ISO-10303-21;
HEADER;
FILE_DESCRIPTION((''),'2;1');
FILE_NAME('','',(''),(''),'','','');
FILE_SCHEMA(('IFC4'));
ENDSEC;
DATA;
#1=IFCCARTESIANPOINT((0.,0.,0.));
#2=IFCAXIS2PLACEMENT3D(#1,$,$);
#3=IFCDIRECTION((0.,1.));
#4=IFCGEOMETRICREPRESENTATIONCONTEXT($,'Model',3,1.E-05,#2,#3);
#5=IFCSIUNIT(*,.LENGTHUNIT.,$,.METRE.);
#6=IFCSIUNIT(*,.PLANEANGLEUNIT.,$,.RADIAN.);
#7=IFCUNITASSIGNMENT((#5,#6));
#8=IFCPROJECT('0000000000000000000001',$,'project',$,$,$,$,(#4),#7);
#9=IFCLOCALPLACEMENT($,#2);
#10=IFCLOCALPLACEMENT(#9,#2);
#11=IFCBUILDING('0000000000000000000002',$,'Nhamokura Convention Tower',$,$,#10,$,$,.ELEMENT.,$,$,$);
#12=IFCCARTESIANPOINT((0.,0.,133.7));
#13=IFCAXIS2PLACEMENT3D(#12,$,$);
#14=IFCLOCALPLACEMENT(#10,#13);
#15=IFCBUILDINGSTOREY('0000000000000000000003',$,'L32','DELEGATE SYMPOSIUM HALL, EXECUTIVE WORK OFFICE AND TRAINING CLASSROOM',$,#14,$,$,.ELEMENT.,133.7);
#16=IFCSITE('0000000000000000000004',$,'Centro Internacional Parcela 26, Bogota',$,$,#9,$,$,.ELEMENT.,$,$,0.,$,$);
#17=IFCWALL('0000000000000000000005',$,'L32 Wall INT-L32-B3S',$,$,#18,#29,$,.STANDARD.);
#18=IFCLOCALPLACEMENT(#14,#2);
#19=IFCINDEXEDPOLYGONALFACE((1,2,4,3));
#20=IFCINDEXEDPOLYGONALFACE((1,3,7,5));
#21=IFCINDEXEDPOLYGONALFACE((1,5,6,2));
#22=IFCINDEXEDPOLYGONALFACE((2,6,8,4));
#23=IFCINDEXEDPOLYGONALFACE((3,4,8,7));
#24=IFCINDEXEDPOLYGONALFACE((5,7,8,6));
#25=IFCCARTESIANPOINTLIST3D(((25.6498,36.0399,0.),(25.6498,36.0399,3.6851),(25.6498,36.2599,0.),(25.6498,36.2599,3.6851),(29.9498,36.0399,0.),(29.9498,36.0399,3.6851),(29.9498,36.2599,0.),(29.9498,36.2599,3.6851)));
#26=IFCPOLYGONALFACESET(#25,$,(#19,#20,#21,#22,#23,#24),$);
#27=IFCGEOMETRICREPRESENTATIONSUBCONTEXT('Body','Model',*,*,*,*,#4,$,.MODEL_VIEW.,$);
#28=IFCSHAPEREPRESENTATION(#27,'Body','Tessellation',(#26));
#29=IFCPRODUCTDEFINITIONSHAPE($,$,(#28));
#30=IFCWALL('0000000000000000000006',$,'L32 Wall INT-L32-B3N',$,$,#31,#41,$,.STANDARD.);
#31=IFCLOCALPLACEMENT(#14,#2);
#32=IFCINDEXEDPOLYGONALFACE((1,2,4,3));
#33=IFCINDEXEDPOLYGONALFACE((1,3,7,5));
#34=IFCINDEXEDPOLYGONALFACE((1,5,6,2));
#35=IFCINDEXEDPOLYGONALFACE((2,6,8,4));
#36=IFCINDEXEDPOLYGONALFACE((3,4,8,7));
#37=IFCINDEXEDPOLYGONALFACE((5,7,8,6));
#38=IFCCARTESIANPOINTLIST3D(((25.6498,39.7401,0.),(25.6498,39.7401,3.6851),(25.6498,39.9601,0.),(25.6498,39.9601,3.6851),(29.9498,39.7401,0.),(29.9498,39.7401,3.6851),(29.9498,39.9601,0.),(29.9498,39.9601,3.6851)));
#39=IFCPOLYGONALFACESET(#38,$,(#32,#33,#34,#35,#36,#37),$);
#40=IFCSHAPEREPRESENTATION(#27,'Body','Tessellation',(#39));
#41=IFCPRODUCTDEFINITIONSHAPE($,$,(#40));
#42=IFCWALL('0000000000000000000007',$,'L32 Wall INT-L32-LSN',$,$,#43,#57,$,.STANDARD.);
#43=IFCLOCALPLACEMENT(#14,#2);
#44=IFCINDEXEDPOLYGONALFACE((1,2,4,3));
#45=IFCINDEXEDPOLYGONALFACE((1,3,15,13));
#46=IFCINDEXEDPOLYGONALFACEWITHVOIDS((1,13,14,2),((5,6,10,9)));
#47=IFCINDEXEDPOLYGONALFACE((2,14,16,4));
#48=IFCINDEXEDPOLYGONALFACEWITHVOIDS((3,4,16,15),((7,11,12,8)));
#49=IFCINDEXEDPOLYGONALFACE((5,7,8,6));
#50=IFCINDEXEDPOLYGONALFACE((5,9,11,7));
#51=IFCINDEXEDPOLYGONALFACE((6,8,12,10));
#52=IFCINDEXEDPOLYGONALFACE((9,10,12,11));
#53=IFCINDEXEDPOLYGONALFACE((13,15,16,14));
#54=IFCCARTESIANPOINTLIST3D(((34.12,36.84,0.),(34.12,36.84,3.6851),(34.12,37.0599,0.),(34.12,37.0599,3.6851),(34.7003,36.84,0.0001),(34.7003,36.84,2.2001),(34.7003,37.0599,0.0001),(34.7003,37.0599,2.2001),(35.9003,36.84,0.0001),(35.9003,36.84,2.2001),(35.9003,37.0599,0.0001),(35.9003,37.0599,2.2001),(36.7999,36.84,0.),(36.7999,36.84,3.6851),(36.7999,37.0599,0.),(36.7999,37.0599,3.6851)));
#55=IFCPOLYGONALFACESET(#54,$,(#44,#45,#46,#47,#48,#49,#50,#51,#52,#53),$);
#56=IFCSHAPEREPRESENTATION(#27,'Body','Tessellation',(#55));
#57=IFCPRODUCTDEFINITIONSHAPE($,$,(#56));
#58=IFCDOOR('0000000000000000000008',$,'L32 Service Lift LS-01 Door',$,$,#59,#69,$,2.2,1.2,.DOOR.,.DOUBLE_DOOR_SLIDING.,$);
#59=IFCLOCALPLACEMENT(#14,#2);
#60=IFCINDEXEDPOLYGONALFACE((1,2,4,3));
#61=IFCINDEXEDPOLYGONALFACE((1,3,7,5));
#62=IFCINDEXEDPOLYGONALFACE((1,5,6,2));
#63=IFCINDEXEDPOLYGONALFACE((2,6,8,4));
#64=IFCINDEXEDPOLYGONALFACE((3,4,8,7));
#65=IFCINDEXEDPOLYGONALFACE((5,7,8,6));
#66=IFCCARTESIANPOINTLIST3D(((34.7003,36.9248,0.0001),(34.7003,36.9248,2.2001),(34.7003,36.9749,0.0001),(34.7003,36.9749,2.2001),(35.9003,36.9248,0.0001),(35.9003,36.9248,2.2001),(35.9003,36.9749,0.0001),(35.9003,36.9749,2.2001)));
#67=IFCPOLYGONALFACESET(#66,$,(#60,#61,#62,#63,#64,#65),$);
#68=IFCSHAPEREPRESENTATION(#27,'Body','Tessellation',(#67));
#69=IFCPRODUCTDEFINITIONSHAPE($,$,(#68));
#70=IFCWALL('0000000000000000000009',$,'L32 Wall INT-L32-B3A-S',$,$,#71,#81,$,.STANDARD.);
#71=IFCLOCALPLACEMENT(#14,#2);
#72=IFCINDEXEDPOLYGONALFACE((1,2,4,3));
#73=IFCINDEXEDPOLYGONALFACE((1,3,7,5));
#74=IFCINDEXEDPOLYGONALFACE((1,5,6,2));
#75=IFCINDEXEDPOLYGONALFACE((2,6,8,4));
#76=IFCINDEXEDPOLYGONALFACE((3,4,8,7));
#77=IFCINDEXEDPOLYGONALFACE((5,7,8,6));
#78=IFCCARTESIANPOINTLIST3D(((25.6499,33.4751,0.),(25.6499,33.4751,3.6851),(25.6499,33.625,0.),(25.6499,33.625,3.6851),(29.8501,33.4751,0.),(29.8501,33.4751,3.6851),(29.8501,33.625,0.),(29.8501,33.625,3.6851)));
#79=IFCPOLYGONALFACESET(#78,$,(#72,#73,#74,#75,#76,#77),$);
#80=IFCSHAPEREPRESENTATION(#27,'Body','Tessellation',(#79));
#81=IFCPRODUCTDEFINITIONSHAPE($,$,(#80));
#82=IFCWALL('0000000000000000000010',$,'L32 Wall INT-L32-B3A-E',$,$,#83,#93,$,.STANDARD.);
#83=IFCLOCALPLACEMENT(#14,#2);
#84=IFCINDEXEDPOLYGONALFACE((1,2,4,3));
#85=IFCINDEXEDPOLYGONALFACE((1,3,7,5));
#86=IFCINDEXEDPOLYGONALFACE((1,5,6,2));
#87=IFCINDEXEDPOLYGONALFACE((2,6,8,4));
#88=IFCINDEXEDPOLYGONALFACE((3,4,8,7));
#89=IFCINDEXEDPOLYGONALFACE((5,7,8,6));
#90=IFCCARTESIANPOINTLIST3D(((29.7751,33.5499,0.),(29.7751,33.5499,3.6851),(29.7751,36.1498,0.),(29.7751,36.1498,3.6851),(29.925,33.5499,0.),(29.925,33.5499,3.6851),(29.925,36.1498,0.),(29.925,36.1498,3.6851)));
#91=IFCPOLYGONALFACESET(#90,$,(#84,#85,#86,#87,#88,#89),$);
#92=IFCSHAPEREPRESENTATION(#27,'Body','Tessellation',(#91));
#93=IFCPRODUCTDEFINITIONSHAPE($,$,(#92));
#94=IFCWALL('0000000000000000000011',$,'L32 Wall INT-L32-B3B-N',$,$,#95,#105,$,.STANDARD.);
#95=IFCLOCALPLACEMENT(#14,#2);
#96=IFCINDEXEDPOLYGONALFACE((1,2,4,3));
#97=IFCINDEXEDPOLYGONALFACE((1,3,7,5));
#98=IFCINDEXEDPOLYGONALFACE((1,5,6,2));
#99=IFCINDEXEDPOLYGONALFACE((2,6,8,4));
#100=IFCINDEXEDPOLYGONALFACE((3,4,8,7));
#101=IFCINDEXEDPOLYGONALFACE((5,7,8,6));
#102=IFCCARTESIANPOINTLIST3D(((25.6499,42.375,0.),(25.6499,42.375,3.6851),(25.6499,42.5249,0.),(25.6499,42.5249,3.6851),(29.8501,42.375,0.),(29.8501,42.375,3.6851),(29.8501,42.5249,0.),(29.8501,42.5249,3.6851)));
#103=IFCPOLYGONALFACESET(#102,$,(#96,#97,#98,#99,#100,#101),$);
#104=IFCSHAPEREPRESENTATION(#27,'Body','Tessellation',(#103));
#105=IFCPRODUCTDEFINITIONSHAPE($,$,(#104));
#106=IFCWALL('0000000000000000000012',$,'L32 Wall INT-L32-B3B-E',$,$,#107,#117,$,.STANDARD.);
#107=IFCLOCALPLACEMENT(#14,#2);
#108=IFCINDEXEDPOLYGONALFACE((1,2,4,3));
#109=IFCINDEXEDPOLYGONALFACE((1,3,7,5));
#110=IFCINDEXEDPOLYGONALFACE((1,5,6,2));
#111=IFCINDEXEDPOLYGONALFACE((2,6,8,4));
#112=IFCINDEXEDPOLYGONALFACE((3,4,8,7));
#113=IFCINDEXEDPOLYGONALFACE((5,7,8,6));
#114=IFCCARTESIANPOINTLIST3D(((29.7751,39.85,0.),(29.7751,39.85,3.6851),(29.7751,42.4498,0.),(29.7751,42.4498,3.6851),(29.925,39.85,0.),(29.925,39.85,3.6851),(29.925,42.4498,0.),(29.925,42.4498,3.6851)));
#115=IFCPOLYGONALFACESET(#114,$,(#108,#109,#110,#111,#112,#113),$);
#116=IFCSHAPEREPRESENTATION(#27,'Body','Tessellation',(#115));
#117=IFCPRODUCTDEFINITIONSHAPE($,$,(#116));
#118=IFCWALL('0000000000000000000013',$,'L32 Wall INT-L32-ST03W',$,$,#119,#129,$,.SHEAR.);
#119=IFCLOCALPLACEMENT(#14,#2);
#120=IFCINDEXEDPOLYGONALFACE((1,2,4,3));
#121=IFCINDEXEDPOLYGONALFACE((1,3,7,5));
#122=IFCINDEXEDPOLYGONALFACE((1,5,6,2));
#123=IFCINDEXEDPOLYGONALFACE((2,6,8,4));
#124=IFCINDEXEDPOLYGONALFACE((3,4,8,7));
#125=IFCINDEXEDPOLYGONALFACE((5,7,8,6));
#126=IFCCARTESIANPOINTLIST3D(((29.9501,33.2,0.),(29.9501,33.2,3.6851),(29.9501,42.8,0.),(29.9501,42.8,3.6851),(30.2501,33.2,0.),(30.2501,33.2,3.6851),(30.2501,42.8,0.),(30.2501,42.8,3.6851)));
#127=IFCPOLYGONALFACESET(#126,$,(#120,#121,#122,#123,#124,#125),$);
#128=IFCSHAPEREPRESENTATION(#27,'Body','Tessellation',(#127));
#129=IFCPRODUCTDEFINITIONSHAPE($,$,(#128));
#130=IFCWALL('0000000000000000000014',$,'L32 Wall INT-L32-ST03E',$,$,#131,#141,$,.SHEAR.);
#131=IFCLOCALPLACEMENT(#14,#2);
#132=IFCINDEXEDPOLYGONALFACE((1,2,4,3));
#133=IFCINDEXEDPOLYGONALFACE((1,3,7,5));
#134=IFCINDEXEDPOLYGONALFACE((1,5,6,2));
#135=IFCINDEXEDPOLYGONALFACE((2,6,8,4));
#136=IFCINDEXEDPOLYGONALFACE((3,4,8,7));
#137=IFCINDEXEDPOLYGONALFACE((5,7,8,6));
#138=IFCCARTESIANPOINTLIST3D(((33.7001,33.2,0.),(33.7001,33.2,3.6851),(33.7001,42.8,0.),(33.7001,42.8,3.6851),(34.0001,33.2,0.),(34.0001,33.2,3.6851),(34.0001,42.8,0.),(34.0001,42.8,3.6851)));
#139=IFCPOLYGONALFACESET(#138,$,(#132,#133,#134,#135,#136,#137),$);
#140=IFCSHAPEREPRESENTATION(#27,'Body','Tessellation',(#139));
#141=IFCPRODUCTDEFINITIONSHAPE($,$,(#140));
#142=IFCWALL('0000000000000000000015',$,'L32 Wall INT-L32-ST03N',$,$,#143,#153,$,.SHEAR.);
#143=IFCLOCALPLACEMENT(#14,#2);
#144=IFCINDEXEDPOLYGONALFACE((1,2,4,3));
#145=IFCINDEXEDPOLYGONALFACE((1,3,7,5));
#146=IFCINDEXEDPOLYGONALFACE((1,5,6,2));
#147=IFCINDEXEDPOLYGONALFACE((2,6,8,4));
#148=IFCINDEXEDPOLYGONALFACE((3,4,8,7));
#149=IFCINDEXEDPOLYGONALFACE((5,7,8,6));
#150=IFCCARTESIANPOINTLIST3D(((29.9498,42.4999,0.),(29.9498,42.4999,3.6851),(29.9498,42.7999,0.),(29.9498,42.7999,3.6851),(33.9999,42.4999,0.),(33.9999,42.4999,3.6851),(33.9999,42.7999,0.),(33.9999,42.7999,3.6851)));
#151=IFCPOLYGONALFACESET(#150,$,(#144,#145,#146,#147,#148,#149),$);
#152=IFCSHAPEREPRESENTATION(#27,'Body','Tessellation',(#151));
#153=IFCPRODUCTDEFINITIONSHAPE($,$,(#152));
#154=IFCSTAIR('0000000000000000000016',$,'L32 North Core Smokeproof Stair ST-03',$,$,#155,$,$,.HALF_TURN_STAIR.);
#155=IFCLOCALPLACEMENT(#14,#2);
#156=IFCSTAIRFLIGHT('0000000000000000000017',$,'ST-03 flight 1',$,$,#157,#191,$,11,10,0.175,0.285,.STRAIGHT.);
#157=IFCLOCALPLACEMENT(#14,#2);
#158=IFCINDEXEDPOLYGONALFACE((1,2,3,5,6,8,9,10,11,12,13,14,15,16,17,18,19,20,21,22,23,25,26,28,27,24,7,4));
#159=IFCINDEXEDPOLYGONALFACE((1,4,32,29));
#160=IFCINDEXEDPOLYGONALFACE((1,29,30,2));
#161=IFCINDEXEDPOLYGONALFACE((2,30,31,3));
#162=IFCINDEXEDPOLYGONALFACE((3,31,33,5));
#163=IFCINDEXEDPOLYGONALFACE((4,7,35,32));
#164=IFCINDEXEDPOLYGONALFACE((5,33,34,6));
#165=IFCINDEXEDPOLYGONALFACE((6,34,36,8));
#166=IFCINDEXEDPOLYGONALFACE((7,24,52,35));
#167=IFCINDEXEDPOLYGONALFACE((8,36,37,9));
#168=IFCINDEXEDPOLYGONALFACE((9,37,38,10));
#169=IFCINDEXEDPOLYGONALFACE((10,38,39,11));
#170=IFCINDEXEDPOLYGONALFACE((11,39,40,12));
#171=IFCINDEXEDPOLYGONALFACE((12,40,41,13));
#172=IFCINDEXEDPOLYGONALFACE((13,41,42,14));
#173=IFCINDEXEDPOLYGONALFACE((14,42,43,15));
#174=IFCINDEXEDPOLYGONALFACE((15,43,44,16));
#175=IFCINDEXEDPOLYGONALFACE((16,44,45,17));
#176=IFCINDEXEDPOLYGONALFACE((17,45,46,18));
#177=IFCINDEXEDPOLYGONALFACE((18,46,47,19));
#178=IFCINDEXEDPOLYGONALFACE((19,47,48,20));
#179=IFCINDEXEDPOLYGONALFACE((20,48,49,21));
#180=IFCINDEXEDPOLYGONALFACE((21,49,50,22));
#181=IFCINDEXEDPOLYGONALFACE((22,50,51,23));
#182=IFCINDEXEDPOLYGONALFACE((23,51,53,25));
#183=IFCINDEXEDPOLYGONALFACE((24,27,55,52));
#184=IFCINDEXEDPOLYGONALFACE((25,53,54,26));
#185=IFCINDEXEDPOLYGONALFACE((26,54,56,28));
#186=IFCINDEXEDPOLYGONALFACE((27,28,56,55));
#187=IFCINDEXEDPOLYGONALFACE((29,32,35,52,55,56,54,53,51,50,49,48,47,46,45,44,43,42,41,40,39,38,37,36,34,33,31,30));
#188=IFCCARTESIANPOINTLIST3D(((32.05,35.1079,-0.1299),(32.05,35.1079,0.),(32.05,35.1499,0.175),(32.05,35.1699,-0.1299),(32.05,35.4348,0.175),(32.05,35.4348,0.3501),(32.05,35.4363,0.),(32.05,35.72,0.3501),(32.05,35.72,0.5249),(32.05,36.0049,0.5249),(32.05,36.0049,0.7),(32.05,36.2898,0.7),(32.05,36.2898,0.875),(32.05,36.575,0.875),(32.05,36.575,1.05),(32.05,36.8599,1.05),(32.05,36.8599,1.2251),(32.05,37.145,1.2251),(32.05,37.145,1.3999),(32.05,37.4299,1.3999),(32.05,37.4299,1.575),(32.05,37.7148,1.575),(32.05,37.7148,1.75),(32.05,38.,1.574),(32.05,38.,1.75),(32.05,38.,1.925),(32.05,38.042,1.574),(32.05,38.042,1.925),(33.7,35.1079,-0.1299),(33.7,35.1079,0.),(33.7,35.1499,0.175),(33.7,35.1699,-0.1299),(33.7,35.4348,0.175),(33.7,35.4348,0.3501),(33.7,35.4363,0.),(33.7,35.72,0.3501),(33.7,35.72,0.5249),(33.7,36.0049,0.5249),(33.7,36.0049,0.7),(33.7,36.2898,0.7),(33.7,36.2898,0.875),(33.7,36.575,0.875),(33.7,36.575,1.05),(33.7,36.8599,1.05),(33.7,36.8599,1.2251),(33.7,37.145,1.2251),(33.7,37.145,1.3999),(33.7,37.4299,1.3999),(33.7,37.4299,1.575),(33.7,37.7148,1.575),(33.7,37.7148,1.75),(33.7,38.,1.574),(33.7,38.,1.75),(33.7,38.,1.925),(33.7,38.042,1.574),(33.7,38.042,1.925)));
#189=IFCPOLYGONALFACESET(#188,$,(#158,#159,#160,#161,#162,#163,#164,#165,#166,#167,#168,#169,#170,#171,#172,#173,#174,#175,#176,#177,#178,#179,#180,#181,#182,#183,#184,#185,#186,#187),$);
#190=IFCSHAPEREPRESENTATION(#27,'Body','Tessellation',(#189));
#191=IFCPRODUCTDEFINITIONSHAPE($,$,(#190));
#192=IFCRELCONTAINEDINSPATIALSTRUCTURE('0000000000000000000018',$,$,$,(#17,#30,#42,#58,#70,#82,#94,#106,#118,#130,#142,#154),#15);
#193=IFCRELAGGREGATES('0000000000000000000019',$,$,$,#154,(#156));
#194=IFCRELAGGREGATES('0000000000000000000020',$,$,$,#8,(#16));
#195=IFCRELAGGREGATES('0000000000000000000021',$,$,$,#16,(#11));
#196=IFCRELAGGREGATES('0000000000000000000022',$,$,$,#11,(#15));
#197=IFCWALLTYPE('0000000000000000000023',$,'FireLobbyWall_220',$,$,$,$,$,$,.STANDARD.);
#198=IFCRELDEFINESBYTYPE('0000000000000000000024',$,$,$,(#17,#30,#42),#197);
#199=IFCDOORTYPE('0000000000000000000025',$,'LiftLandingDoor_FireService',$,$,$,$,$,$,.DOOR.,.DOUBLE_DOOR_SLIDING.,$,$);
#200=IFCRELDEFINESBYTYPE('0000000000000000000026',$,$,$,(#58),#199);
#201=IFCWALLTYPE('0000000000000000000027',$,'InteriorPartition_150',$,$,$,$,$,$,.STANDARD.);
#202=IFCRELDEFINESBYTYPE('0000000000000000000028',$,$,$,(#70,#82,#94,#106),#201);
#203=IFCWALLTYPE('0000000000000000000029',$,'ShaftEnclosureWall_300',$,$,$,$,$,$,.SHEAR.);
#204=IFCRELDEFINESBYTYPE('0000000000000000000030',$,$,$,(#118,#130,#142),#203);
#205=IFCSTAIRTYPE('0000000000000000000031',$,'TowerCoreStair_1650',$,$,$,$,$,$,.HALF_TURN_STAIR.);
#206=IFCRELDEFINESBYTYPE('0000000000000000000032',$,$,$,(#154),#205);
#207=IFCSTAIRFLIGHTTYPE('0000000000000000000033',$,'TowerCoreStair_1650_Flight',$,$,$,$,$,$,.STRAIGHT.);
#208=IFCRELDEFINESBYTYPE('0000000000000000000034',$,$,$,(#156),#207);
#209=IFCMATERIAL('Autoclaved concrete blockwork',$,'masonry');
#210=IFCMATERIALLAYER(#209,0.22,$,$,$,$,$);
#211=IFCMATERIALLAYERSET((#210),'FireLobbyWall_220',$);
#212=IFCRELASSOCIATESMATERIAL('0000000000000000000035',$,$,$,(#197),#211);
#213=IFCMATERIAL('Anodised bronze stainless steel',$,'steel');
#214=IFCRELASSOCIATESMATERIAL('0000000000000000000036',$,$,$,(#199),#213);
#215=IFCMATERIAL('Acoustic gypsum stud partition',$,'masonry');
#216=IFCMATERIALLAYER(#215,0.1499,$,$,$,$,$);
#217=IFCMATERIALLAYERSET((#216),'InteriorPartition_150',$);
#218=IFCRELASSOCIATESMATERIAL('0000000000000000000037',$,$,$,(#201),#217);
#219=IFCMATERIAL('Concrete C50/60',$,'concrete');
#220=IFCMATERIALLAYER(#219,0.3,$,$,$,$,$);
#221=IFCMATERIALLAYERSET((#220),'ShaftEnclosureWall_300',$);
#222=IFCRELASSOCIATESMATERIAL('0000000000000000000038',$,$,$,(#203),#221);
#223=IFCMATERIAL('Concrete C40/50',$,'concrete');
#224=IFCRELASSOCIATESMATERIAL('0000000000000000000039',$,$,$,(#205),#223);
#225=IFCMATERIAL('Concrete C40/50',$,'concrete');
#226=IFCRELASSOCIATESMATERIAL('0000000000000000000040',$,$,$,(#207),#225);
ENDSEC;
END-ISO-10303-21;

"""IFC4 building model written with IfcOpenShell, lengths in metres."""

from ifc_helpers import new_model, si_unit, direction, frame, frame_2d, origin, place, context, subcontext, project, spatial, polyline, rectangle, outline, extrude, material, layer, layer_set, type_object, element, fill, aggregate, save


model = new_model("IFC4")

# Units and contexts
model_context = context("Model", 3, precision=1e-05, world=origin(), true_north=direction((0.0, 1.0)))
body_context = subcontext(model_context, "Body", "Model", "MODEL_VIEW")
ifc_project = project(units=[si_unit("LENGTHUNIT", "METRE"), si_unit("PLANEANGLEUNIT", "RADIAN")], contexts=[model_context])

# Site, building, storey
site_placement = place(None, origin())
site = spatial("IfcSite", under=ifc_project, at=site_placement, Name="Centro Internacional Parcela 26, Bogota", CompositionType="ELEMENT", RefElevation=0.0)
building_placement = place(site_placement, origin())
building = spatial("IfcBuilding", under=site, at=building_placement, Name="Nhamokura Convention Tower", CompositionType="ELEMENT")
storey_placement = place(building_placement, frame((0.0, 0.0, 133.7)))
storey = spatial("IfcBuildingStorey", under=building, at=storey_placement, Name="L32", Description="DELEGATE SYMPOSIUM HALL, EXECUTIVE WORK OFFICE AND TRAINING CLASSROOM", CompositionType="ELEMENT", Elevation=133.7)

# Walls
ifc_material_1 = material(Name="Autoclaved concrete blockwork", Category="masonry")
ifc_layer_1 = layer(ifc_material_1, 0.22)
ifc_layer_set_1 = layer_set([ifc_layer_1], Name="FireLobbyWall_220")
wall_type_1 = type_object("IfcWallType", Name="FireLobbyWall_220", PredefinedType="STANDARD", material=ifc_layer_set_1)
for number, where, z_axis, x_axis, name in (
    (1, (25.6499, 36.1499, 0.0), (0.0, 0.0, 1.0), (1.0, 0.0, 0.0), "L32 Wall INT-L32-B3S"),
    (2, (25.6499, 39.8501, 0.0), (0.0, 0.0, 1.0), (1.0, 0.0, 0.0), "L32 Wall INT-L32-B3N"),
):
    element("IfcWall", number, at=place(storey_placement, frame(where, z_axis=z_axis, x_axis=x_axis)), inside=storey, type_object=wall_type_1, Name=name, PredefinedType="STANDARD", context=body_context, shape_type="SweptSolid", body=[
        extrude(rectangle(XDim=4.3, YDim=0.22, at=frame_2d((2.1499, 0.0))), origin(), (0.0, 0.0, 1.0), 3.6851),
    ])

# Wall, opening, door
wall_1_placement = place(storey_placement, frame((34.1201, 36.95, 0.0), z_axis=(0.0, 0.0, 1.0), x_axis=(1.0, 0.0, 0.0)))
wall_1 = element("IfcWall", 3, at=wall_1_placement, inside=storey, type_object=wall_type_1, Name="L32 Wall INT-L32-LSN", PredefinedType="STANDARD", context=body_context, shape_type="SweptSolid", body=[
    extrude(rectangle(XDim=2.6799, YDim=0.22, at=frame_2d((1.3398, 0.0))), origin(), (0.0, 0.0, 1.0), 3.6851),
])
opening_1_placement = place(wall_1_placement, frame((0.5801, 0.0, 0.0)))
opening_1 = element("IfcOpeningElement", 4, at=opening_1_placement, cuts=wall_1, PredefinedType="OPENING", context=body_context, shape_type="SweptSolid", body=[
    extrude(rectangle(XDim=1.2, YDim=2.2, at=frame_2d((0.6001, 1.1001))), frame((0.0, 0.1199, 0.0), z_axis=(0.0, -1.0, 0.0), x_axis=(1.0, 0.0, 0.0)), (0.0, 0.0, 1.0), 0.24),
])
ifc_material_2 = material(Name="Anodised bronze stainless steel", Category="steel")
door_type_1 = type_object("IfcDoorType", Name="LiftLandingDoor_FireService", OperationType="DOUBLE_DOOR_SLIDING", PredefinedType="DOOR", material=ifc_material_2)
door_1_placement = place(opening_1_placement, origin())
door_1 = element("IfcDoor", 5, at=door_1_placement, inside=storey, type_object=door_type_1, Name="L32 Service Lift LS-01 Door", OperationType="DOUBLE_DOOR_SLIDING", OverallHeight=2.2, OverallWidth=1.2, PredefinedType="DOOR", context=body_context, shape_type="SweptSolid", body=[
    extrude(rectangle(XDim=1.2, YDim=2.2, at=frame_2d((0.6001, 1.1001))), frame((0.0, 0.0249, 0.0), z_axis=(0.0, -1.0, 0.0), x_axis=(1.0, 0.0, 0.0)), (0.0, 0.0, 1.0), 0.05),
])
fill(opening_1, door_1)

# Walls
ifc_material_3 = material(Name="Acoustic gypsum stud partition", Category="masonry")
ifc_layer_2 = layer(ifc_material_3, 0.1499)
ifc_layer_set_2 = layer_set([ifc_layer_2], Name="InteriorPartition_150")
wall_type_2 = type_object("IfcWallType", Name="InteriorPartition_150", PredefinedType="STANDARD", material=ifc_layer_set_2)
wall_2_placement = place(storey_placement, frame((25.6499, 33.55, 0.0), z_axis=(0.0, 0.0, 1.0), x_axis=(1.0, 0.0, 0.0)))
element("IfcWall", 6, at=wall_2_placement, inside=storey, type_object=wall_type_2, Name="L32 Wall INT-L32-B3A-S", PredefinedType="STANDARD", context=body_context, shape_type="SweptSolid", body=[
    extrude(rectangle(XDim=4.2002, YDim=0.1499, at=frame_2d((2.1001, 0.0))), origin(), (0.0, 0.0, 1.0), 3.6851),
])
wall_3_placement = place(storey_placement, frame((29.8501, 33.55, 0.0), z_axis=(0.0, 0.0, 1.0), x_axis=(0.0, 1.0, 0.0)))
element("IfcWall", 7, at=wall_3_placement, inside=storey, type_object=wall_type_2, Name="L32 Wall INT-L32-B3A-E", PredefinedType="STANDARD", context=body_context, shape_type="SweptSolid", body=[
    extrude(rectangle(XDim=2.5999, YDim=0.1499, at=frame_2d((1.2998, 0.0))), origin(), (0.0, 0.0, 1.0), 3.6851),
])
wall_4_placement = place(storey_placement, frame((25.6499, 42.45, 0.0), z_axis=(0.0, 0.0, 1.0), x_axis=(1.0, 0.0, 0.0)))
element("IfcWall", 8, at=wall_4_placement, inside=storey, type_object=wall_type_2, Name="L32 Wall INT-L32-B3B-N", PredefinedType="STANDARD", context=body_context, shape_type="SweptSolid", body=[
    extrude(rectangle(XDim=4.2002, YDim=0.1499, at=frame_2d((2.1001, 0.0))), origin(), (0.0, 0.0, 1.0), 3.6851),
])
wall_5_placement = place(storey_placement, frame((29.8501, 39.8501, 0.0), z_axis=(0.0, 0.0, 1.0), x_axis=(0.0, 1.0, 0.0)))
element("IfcWall", 9, at=wall_5_placement, inside=storey, type_object=wall_type_2, Name="L32 Wall INT-L32-B3B-E", PredefinedType="STANDARD", context=body_context, shape_type="SweptSolid", body=[
    extrude(rectangle(XDim=2.5999, YDim=0.1499, at=frame_2d((1.2998, 0.0))), origin(), (0.0, 0.0, 1.0), 3.6851),
])
ifc_material_4 = material(Name="Concrete C50/60", Category="concrete")
ifc_layer_3 = layer(ifc_material_4, 0.3)
ifc_layer_set_3 = layer_set([ifc_layer_3], Name="ShaftEnclosureWall_300")
wall_type_3 = type_object("IfcWallType", Name="ShaftEnclosureWall_300", PredefinedType="SHEAR", material=ifc_layer_set_3)
for number, where, z_axis, x_axis, name in (
    (10, (30.1001, 33.2, 0.0), (0.0, 0.0, 1.0), (0.0, 1.0, 0.0), "L32 Wall INT-L32-ST03W"),
    (11, (33.8501, 33.2, 0.0), (0.0, 0.0, 1.0), (0.0, 1.0, 0.0), "L32 Wall INT-L32-ST03E"),
):
    element("IfcWall", number, at=place(storey_placement, frame(where, z_axis=z_axis, x_axis=x_axis)), inside=storey, type_object=wall_type_3, Name=name, PredefinedType="SHEAR", context=body_context, shape_type="SweptSolid", body=[
        extrude(rectangle(XDim=9.6001, YDim=0.3, at=frame_2d((4.8, 0.0))), origin(), (0.0, 0.0, 1.0), 3.6851),
    ])

# Wall
wall_6_placement = place(storey_placement, frame((29.95, 42.6499, 0.0), z_axis=(0.0, 0.0, 1.0), x_axis=(1.0, 0.0, 0.0)))
element("IfcWall", 12, at=wall_6_placement, inside=storey, type_object=wall_type_3, Name="L32 Wall INT-L32-ST03N", PredefinedType="SHEAR", context=body_context, shape_type="SweptSolid", body=[
    extrude(rectangle(XDim=4.05, YDim=0.3, at=frame_2d((2.0249, 0.0))), origin(), (0.0, 0.0, 1.0), 3.6851),
])

# Stair, stair flight
ifc_material_5 = material(Name="Concrete C40/50", Category="concrete")
stair_type = type_object("IfcStairType", Name="TowerCoreStair_1650", PredefinedType="HALF_TURN_STAIR", material=ifc_material_5)
stair_placement = place(storey_placement, origin())
stair = element("IfcStair", 13, at=stair_placement, inside=storey, type_object=stair_type, Name="L32 North Core Smokeproof Stair ST-03", PredefinedType="HALF_TURN_STAIR")
ifc_material_6 = material(Name="Concrete C40/50", Category="concrete")
stair_flight_type = type_object("IfcStairFlightType", Name="TowerCoreStair_1650_Flight", PredefinedType="STRAIGHT", material=ifc_material_6)
stair_flight_1_placement = place(storey_placement, frame((32.875, 35.1499, 0.0), z_axis=(0.0, 0.0, 1.0), x_axis=(0.0, 1.0, 0.0)))
stair_flight_1 = element("IfcStairFlight", 14, at=stair_flight_1_placement, type_object=stair_flight_type, Name="ST-03 flight 1", NumberOfRisers=11, NumberOfTreads=10, PredefinedType="STRAIGHT", RiserHeight=0.175, TreadLength=0.285, context=body_context, shape_type="SweptSolid", body=[
    extrude(outline(polyline([(-0.042, 0.0), (0.0, 0.175), (0.2849, 0.175), (0.2849, 0.3501), (0.5701, 0.3501), (0.5701, 0.5249), (0.855, 0.5249), (0.855, 0.7), (1.1399, 0.7), (1.1399, 0.875), (1.425, 0.875), (1.425, 1.05), (1.71, 1.05), (1.71, 1.2251), (1.9951, 1.2251), (1.9951, 1.3999), (2.28, 1.3999), (2.28, 1.575), (2.5649, 1.575), (2.5649, 1.75), (2.8501, 1.75), (2.8501, 1.925), (2.8921, 1.925), (2.8921, 1.574), (2.8501, 1.574), (0.2864, 0.0), (0.02, -0.1299), (-0.042, -0.1299), (-0.042, 0.0)])), frame((0.0, 0.825, 0.0), z_axis=(0.0, -1.0, 0.0), x_axis=(1.0, 0.0, 0.0)), (0.0, 0.0, 1.0), 1.6499),
])
aggregate(stair, [stair_flight_1])

save(model, "model.ifc")
